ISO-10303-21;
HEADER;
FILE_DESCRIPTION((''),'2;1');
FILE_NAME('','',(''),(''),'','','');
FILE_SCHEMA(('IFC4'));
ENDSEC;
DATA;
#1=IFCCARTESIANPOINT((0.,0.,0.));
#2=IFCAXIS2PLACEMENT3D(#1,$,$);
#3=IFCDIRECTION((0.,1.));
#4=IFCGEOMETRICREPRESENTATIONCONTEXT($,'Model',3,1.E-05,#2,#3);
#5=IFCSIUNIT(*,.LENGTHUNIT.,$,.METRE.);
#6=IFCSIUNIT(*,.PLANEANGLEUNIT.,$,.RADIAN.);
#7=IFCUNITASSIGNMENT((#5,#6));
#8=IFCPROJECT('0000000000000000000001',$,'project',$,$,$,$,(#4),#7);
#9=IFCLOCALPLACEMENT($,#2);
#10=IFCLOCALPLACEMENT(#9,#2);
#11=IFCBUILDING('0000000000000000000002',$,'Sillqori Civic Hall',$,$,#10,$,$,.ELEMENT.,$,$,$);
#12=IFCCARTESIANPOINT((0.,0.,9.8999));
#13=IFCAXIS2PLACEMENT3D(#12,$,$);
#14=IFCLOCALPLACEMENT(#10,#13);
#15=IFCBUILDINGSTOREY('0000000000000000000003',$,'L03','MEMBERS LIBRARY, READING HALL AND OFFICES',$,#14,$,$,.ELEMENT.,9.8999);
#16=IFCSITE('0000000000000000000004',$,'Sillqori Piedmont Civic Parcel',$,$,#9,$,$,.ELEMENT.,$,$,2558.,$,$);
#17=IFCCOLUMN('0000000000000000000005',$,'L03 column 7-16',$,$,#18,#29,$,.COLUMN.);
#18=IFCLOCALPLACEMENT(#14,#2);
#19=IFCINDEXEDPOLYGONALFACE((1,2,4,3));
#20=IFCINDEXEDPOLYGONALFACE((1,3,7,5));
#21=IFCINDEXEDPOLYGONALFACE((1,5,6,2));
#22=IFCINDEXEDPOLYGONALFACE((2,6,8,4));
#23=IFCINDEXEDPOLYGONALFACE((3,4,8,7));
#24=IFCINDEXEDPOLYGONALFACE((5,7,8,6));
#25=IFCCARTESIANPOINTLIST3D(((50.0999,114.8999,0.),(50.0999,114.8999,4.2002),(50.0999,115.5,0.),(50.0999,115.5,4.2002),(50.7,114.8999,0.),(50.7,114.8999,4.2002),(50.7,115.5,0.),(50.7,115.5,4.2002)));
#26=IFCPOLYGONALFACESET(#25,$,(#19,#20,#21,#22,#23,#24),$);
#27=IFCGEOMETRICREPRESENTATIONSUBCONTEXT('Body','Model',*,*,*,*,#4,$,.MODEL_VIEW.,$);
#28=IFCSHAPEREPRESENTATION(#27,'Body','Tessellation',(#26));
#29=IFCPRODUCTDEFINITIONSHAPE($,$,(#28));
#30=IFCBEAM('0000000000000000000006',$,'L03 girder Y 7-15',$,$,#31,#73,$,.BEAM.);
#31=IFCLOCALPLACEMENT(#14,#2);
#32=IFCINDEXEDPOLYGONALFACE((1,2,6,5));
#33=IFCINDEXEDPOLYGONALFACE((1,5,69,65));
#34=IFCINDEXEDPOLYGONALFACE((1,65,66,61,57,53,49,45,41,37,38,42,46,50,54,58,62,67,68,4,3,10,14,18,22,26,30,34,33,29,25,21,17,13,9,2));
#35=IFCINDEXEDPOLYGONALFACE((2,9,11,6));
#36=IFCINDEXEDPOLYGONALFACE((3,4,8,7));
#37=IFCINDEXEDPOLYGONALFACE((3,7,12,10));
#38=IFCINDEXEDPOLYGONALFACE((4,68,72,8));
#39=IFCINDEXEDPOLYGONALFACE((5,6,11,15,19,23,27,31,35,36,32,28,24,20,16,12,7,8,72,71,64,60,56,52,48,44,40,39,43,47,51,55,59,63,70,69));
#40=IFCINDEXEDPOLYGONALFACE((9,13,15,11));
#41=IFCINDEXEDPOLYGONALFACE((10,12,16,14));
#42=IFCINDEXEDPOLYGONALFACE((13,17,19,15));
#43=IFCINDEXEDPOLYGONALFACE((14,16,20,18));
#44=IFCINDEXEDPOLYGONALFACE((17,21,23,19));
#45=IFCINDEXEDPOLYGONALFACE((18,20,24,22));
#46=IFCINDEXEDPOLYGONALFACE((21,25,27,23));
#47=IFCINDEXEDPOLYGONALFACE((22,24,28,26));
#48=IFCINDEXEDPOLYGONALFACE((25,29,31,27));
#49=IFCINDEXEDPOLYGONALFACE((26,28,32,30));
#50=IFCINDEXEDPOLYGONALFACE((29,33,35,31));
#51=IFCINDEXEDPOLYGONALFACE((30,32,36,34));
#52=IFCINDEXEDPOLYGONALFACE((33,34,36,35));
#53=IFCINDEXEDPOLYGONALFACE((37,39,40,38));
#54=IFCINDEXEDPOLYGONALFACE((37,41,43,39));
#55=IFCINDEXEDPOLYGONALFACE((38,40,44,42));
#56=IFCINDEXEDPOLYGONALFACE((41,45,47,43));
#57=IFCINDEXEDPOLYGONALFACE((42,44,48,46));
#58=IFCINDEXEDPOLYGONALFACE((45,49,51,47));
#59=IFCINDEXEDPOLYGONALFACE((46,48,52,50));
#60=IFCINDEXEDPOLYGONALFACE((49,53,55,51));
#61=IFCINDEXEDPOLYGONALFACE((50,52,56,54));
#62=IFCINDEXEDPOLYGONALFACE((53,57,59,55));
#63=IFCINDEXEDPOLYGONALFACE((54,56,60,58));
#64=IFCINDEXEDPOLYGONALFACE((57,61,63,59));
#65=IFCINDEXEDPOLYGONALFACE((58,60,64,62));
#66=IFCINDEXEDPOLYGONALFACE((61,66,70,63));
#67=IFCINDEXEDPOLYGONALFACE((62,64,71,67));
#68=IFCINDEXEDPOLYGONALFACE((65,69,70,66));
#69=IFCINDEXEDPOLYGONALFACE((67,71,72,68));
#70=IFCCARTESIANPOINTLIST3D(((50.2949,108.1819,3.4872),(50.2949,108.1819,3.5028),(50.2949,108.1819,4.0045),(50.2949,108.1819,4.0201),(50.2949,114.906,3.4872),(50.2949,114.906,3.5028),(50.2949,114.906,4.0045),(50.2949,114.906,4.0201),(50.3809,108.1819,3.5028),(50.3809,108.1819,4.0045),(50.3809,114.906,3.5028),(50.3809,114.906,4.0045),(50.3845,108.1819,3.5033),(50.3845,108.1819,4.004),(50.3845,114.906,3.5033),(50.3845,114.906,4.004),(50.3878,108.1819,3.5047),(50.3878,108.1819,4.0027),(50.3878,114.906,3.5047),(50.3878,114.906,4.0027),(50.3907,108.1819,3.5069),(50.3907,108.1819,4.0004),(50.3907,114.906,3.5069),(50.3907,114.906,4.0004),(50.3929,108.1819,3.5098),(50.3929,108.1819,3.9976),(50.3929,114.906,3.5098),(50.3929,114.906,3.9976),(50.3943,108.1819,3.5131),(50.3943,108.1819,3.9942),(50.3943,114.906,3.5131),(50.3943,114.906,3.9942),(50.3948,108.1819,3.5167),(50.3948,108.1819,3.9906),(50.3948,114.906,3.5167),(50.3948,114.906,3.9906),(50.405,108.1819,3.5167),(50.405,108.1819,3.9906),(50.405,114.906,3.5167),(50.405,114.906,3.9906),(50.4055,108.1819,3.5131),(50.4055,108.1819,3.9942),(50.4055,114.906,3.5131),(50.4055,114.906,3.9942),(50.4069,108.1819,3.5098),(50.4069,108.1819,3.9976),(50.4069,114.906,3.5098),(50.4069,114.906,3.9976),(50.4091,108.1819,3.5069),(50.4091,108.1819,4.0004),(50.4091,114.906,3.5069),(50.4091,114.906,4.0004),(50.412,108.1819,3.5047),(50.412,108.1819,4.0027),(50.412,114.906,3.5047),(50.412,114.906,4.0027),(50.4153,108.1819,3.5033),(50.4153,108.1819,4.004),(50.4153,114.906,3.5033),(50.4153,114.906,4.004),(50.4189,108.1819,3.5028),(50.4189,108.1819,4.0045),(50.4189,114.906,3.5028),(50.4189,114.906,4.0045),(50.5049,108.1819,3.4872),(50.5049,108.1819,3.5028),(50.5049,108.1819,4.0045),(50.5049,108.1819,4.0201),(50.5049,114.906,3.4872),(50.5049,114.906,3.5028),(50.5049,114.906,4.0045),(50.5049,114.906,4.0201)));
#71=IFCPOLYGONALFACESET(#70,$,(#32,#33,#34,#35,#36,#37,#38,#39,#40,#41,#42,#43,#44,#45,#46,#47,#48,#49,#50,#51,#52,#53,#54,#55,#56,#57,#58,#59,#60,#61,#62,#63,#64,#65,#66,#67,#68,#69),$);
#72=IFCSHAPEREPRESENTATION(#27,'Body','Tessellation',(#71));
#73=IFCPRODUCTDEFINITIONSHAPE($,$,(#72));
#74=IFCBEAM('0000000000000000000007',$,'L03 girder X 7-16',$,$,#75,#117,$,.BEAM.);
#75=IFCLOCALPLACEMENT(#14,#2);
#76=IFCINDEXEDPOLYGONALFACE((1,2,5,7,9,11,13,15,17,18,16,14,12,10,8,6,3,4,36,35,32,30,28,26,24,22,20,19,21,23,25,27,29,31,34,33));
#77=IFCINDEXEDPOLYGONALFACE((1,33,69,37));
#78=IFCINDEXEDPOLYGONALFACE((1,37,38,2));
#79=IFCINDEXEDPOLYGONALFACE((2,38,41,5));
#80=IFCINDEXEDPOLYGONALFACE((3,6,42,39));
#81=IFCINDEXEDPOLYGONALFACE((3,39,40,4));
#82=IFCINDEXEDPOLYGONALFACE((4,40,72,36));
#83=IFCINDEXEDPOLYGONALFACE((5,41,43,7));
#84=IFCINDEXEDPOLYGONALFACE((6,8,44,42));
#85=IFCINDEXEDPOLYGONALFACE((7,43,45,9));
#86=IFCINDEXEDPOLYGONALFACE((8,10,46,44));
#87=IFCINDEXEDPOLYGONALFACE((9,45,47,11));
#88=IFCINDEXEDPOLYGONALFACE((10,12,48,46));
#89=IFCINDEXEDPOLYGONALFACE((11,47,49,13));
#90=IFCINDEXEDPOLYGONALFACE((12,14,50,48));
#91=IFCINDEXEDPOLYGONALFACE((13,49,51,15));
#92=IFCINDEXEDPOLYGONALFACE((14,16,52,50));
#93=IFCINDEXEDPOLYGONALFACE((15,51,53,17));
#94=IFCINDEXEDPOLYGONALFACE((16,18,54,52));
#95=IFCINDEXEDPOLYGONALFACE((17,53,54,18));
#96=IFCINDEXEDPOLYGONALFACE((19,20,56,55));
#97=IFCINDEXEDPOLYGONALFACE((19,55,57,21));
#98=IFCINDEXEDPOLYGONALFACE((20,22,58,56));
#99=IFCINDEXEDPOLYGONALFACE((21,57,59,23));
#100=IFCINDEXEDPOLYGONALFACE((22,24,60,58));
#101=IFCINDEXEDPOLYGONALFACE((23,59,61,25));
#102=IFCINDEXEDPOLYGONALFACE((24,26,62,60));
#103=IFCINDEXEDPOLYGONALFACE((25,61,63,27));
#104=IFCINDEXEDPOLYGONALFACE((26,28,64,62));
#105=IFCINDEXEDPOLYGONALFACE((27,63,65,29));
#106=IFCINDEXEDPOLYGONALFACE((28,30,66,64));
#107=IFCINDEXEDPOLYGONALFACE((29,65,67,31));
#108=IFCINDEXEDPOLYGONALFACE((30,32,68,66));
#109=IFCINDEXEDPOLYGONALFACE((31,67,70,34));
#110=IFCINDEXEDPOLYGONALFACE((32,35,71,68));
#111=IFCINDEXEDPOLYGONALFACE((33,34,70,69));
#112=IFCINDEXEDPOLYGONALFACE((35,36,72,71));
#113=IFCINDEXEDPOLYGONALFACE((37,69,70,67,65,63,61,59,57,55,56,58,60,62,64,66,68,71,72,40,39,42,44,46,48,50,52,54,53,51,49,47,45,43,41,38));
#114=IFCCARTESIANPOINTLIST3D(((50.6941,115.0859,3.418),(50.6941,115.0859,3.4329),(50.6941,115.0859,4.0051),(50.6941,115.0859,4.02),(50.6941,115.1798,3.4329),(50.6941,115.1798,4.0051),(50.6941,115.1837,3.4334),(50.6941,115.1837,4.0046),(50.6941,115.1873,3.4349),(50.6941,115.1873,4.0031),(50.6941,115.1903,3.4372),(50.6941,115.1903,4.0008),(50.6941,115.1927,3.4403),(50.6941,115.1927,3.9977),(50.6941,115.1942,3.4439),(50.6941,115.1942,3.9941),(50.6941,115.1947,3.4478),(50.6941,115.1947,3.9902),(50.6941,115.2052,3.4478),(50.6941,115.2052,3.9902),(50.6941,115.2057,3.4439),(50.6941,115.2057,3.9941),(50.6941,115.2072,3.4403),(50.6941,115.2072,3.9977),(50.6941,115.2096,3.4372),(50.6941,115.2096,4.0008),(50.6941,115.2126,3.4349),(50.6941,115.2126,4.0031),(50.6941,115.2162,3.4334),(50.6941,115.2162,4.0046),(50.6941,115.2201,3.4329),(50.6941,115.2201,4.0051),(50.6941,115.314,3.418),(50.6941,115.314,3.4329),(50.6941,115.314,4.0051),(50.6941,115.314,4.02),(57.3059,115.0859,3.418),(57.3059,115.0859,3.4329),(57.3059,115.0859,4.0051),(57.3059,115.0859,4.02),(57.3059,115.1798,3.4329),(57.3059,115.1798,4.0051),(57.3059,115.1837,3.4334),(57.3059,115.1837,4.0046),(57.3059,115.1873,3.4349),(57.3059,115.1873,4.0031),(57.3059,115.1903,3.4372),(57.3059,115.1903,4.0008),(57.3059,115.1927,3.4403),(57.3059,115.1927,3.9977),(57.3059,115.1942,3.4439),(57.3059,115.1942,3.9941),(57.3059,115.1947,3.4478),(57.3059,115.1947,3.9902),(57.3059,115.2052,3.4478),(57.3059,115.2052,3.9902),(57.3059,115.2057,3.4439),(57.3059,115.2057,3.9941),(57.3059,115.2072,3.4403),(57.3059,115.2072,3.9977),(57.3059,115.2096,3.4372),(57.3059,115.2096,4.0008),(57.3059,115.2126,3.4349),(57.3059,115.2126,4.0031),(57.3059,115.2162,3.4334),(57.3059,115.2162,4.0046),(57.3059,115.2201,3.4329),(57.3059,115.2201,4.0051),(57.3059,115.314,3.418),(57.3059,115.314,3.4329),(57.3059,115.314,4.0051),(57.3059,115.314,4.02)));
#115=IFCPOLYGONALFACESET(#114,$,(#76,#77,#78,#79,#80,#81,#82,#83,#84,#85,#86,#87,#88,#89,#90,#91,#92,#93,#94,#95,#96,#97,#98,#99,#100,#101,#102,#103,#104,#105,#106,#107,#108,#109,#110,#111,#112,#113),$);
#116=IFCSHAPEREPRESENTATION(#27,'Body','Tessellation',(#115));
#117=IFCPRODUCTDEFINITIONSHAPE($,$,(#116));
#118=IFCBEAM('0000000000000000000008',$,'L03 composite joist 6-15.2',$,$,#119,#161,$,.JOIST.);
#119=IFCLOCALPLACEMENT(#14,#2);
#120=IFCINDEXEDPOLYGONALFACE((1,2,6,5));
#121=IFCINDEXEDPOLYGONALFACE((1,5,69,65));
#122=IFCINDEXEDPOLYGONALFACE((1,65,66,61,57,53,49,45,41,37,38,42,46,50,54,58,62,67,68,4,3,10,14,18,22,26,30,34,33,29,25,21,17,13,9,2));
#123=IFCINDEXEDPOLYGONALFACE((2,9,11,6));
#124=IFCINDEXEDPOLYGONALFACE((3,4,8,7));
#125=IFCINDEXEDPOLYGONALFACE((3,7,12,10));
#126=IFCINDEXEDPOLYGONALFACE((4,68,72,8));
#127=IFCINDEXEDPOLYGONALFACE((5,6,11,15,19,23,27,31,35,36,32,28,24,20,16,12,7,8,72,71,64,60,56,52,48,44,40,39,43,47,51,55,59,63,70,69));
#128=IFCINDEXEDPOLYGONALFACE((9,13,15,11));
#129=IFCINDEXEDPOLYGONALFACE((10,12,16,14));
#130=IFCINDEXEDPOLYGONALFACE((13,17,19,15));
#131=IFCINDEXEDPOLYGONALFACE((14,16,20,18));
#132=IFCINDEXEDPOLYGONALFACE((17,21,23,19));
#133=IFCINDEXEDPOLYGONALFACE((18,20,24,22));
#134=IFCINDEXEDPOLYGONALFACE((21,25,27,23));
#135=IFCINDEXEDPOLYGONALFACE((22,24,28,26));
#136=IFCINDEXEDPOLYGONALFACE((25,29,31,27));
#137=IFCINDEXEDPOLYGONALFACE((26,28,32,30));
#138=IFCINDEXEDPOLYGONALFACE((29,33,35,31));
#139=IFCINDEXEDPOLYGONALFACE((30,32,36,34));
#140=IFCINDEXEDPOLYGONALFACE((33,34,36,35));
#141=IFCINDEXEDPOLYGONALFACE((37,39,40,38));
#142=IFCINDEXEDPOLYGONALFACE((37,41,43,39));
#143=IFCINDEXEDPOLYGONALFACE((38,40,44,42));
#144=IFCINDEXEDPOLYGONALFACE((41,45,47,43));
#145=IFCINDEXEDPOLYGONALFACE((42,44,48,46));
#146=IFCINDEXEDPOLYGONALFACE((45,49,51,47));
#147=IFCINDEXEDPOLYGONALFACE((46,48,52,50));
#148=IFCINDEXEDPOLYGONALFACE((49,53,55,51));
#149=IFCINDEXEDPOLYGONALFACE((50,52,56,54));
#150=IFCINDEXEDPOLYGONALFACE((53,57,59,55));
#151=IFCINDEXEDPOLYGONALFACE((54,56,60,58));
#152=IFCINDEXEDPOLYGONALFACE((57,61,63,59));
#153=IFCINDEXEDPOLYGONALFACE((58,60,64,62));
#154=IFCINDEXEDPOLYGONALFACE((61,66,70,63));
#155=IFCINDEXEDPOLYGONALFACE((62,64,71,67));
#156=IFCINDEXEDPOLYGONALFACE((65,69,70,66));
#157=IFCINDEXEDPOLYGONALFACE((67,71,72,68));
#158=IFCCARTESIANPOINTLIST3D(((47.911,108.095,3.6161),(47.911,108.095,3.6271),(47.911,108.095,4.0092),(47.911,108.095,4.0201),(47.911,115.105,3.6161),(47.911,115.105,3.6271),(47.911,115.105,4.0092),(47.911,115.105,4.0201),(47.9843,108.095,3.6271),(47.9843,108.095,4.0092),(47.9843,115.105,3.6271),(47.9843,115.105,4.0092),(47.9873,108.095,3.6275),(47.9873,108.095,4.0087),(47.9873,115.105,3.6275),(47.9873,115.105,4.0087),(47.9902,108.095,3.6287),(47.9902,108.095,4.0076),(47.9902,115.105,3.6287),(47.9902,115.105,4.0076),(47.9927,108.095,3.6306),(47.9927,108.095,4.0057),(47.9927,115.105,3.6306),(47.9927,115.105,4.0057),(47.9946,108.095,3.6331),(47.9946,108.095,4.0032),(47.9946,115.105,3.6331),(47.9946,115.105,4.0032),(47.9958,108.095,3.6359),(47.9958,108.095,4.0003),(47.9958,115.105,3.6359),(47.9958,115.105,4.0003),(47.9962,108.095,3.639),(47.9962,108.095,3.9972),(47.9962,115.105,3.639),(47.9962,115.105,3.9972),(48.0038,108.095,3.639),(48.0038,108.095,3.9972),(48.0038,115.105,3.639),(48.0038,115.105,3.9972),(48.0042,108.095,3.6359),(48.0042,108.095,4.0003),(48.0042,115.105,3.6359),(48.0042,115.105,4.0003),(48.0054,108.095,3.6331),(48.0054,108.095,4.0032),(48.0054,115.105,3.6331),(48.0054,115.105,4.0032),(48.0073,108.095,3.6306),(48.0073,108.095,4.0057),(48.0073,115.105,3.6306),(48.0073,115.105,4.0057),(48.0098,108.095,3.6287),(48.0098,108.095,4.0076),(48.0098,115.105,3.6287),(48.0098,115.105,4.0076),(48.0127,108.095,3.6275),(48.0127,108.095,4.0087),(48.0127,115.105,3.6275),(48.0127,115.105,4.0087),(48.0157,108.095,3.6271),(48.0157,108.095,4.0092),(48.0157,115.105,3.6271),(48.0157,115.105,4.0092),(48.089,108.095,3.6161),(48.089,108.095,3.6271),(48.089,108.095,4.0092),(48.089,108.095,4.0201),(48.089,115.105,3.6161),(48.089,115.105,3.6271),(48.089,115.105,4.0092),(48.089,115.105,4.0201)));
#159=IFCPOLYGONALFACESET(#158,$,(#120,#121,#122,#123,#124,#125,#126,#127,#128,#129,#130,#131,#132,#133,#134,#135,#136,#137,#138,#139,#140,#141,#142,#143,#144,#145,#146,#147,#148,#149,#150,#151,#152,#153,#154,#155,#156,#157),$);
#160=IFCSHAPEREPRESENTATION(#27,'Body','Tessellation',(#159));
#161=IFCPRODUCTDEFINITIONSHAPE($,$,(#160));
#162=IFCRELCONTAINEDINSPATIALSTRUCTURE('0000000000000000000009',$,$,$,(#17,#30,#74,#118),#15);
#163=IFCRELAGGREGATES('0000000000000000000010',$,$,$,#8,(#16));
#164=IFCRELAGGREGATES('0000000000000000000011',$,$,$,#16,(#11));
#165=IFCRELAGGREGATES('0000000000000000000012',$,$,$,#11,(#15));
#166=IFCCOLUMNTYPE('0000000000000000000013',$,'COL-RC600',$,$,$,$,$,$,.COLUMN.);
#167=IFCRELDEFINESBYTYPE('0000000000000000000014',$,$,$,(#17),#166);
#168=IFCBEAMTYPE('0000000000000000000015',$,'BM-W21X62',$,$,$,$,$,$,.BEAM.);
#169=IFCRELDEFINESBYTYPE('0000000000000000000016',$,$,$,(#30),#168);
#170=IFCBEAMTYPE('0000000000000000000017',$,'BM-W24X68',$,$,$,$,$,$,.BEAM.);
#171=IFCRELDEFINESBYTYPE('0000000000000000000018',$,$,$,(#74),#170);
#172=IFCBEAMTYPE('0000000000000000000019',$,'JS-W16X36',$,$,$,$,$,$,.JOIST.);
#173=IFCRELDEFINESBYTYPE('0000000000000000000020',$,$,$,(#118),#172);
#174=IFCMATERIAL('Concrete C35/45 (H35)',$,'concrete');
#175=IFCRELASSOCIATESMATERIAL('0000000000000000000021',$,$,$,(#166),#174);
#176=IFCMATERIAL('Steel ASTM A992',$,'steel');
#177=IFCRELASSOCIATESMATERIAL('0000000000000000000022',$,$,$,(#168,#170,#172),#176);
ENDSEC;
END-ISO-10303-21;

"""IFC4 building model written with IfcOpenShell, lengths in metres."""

from ifc_helpers import new_model, si_unit, direction, frame, origin, origin_2d, place, context, subcontext, project, spatial, rectangle, i_section, extrude, material, material_profile, profile_set, type_object, element, save


model = new_model("IFC4")

# Units and contexts
model_context = context("Model", 3, precision=1e-05, world=origin(), true_north=direction((0.0, 1.0)))
body_context = subcontext(model_context, "Body", "Model", "MODEL_VIEW")
ifc_project = project(units=[si_unit("LENGTHUNIT", "METRE"), si_unit("PLANEANGLEUNIT", "RADIAN")], contexts=[model_context])

# Site, building, storey
site_placement = place(None, origin())
site = spatial("IfcSite", under=ifc_project, at=site_placement, Name="Sillqori Piedmont Civic Parcel", CompositionType="ELEMENT", RefElevation=2558.0)
building_placement = place(site_placement, origin())
building = spatial("IfcBuilding", under=site, at=building_placement, Name="Sillqori Civic Hall", CompositionType="ELEMENT")
storey_placement = place(building_placement, frame((0.0, 0.0, 9.8999)))
storey = spatial("IfcBuildingStorey", under=building, at=storey_placement, Name="L03", Description="MEMBERS LIBRARY, READING HALL AND OFFICES", CompositionType="ELEMENT", Elevation=9.8999)

# Column
ifc_material_1 = material(Name="Concrete C35/45 (H35)", Category="concrete")
ifc_material_profile_1 = material_profile(ifc_material_1, rectangle(XDim=0.6001, YDim=0.6001, at=origin_2d()), Name="RC 600x600")
ifc_profile_set_1 = profile_set([ifc_material_profile_1], Name="Concrete C35/45 (H35)")
column_type = type_object("IfcColumnType", Name="COL-RC600", PredefinedType="COLUMN", material=ifc_profile_set_1)
column_placement = place(storey_placement, frame((50.3999, 115.2, 0.0), z_axis=(0.0, 0.0, 1.0), x_axis=(1.0, 0.0, 0.0)))
element("IfcColumn", 1, at=column_placement, inside=storey, type_object=column_type, Name="L03 column 7-16", PredefinedType="COLUMN", context=body_context, shape_type="SweptSolid", body=[
    extrude(rectangle(XDim=0.6001, YDim=0.6001, at=origin_2d()), origin(), (0.0, 0.0, 1.0), 4.2002),
])

# Beams
ifc_material_2 = material(Name="Steel ASTM A992", Category="steel")
ifc_material_profile_2 = material_profile(ifc_material_2, i_section(OverallWidth=0.21, OverallDepth=0.533, WebThickness=0.0103, FlangeThickness=0.0156, FilletRadius=0.0139, at=origin_2d()), Name="W21X62")
ifc_profile_set_2 = profile_set([ifc_material_profile_2], Name="Steel ASTM A992")
beam_type_1 = type_object("IfcBeamType", Name="BM-W21X62", PredefinedType="BEAM", material=ifc_profile_set_2)
beam_1_placement = place(storey_placement, frame((50.3999, 108.1819, 3.7537), z_axis=(0.0, 1.0, 0.0), x_axis=(-1.0, 0.0, 0.0)))
element("IfcBeam", 2, at=beam_1_placement, inside=storey, type_object=beam_type_1, Name="L03 girder Y 7-15", PredefinedType="BEAM", context=body_context, shape_type="SweptSolid", body=[
    extrude(i_section(OverallWidth=0.21, OverallDepth=0.533, WebThickness=0.0103, FlangeThickness=0.0156, FilletRadius=0.0139, at=origin_2d()), origin(), (0.0, 0.0, 1.0), 6.7241),
])
ifc_material_profile_3 = material_profile(ifc_material_2, i_section(OverallWidth=0.228, OverallDepth=0.6021, WebThickness=0.0105, FlangeThickness=0.0149, FilletRadius=0.0149, at=origin_2d()), Name="W24X68")
ifc_profile_set_3 = profile_set([ifc_material_profile_3], Name="Steel ASTM A992")
beam_type_2 = type_object("IfcBeamType", Name="BM-W24X68", PredefinedType="BEAM", material=ifc_profile_set_3)
beam_2_placement = place(storey_placement, frame((50.6941, 115.2, 3.719), z_axis=(1.0, 0.0, 0.0), x_axis=(0.0, 1.0, 0.0)))
element("IfcBeam", 3, at=beam_2_placement, inside=storey, type_object=beam_type_2, Name="L03 girder X 7-16", PredefinedType="BEAM", context=body_context, shape_type="SweptSolid", body=[
    extrude(i_section(OverallWidth=0.228, OverallDepth=0.6021, WebThickness=0.0105, FlangeThickness=0.0149, FilletRadius=0.0149, at=origin_2d()), origin(), (0.0, 0.0, 1.0), 6.6118),
])
ifc_material_profile_4 = material_profile(ifc_material_2, i_section(OverallWidth=0.178, OverallDepth=0.4041, WebThickness=0.0076, FlangeThickness=0.011, FilletRadius=0.012, at=origin_2d()), Name="W16X36")
ifc_profile_set_4 = profile_set([ifc_material_profile_4], Name="Steel ASTM A992")
beam_type_3 = type_object("IfcBeamType", Name="JS-W16X36", PredefinedType="JOIST", material=ifc_profile_set_4)
for number, where, z_axis, x_axis, name in (
    (4, (48.0, 108.095, 3.8181), (0.0, 1.0, 0.0), (-1.0, 0.0, 0.0), "L03 composite joist 6-15.2"),
):
    element("IfcBeam", number, at=place(storey_placement, frame(where, z_axis=z_axis, x_axis=x_axis)), inside=storey, type_object=beam_type_3, Name=name, PredefinedType="JOIST", context=body_context, shape_type="SweptSolid", body=[
        extrude(i_section(OverallWidth=0.178, OverallDepth=0.4041, WebThickness=0.0076, FlangeThickness=0.011, FilletRadius=0.012, at=origin_2d()), origin(), (0.0, 0.0, 1.0), 7.01),
    ])

save(model, "model.ifc")
